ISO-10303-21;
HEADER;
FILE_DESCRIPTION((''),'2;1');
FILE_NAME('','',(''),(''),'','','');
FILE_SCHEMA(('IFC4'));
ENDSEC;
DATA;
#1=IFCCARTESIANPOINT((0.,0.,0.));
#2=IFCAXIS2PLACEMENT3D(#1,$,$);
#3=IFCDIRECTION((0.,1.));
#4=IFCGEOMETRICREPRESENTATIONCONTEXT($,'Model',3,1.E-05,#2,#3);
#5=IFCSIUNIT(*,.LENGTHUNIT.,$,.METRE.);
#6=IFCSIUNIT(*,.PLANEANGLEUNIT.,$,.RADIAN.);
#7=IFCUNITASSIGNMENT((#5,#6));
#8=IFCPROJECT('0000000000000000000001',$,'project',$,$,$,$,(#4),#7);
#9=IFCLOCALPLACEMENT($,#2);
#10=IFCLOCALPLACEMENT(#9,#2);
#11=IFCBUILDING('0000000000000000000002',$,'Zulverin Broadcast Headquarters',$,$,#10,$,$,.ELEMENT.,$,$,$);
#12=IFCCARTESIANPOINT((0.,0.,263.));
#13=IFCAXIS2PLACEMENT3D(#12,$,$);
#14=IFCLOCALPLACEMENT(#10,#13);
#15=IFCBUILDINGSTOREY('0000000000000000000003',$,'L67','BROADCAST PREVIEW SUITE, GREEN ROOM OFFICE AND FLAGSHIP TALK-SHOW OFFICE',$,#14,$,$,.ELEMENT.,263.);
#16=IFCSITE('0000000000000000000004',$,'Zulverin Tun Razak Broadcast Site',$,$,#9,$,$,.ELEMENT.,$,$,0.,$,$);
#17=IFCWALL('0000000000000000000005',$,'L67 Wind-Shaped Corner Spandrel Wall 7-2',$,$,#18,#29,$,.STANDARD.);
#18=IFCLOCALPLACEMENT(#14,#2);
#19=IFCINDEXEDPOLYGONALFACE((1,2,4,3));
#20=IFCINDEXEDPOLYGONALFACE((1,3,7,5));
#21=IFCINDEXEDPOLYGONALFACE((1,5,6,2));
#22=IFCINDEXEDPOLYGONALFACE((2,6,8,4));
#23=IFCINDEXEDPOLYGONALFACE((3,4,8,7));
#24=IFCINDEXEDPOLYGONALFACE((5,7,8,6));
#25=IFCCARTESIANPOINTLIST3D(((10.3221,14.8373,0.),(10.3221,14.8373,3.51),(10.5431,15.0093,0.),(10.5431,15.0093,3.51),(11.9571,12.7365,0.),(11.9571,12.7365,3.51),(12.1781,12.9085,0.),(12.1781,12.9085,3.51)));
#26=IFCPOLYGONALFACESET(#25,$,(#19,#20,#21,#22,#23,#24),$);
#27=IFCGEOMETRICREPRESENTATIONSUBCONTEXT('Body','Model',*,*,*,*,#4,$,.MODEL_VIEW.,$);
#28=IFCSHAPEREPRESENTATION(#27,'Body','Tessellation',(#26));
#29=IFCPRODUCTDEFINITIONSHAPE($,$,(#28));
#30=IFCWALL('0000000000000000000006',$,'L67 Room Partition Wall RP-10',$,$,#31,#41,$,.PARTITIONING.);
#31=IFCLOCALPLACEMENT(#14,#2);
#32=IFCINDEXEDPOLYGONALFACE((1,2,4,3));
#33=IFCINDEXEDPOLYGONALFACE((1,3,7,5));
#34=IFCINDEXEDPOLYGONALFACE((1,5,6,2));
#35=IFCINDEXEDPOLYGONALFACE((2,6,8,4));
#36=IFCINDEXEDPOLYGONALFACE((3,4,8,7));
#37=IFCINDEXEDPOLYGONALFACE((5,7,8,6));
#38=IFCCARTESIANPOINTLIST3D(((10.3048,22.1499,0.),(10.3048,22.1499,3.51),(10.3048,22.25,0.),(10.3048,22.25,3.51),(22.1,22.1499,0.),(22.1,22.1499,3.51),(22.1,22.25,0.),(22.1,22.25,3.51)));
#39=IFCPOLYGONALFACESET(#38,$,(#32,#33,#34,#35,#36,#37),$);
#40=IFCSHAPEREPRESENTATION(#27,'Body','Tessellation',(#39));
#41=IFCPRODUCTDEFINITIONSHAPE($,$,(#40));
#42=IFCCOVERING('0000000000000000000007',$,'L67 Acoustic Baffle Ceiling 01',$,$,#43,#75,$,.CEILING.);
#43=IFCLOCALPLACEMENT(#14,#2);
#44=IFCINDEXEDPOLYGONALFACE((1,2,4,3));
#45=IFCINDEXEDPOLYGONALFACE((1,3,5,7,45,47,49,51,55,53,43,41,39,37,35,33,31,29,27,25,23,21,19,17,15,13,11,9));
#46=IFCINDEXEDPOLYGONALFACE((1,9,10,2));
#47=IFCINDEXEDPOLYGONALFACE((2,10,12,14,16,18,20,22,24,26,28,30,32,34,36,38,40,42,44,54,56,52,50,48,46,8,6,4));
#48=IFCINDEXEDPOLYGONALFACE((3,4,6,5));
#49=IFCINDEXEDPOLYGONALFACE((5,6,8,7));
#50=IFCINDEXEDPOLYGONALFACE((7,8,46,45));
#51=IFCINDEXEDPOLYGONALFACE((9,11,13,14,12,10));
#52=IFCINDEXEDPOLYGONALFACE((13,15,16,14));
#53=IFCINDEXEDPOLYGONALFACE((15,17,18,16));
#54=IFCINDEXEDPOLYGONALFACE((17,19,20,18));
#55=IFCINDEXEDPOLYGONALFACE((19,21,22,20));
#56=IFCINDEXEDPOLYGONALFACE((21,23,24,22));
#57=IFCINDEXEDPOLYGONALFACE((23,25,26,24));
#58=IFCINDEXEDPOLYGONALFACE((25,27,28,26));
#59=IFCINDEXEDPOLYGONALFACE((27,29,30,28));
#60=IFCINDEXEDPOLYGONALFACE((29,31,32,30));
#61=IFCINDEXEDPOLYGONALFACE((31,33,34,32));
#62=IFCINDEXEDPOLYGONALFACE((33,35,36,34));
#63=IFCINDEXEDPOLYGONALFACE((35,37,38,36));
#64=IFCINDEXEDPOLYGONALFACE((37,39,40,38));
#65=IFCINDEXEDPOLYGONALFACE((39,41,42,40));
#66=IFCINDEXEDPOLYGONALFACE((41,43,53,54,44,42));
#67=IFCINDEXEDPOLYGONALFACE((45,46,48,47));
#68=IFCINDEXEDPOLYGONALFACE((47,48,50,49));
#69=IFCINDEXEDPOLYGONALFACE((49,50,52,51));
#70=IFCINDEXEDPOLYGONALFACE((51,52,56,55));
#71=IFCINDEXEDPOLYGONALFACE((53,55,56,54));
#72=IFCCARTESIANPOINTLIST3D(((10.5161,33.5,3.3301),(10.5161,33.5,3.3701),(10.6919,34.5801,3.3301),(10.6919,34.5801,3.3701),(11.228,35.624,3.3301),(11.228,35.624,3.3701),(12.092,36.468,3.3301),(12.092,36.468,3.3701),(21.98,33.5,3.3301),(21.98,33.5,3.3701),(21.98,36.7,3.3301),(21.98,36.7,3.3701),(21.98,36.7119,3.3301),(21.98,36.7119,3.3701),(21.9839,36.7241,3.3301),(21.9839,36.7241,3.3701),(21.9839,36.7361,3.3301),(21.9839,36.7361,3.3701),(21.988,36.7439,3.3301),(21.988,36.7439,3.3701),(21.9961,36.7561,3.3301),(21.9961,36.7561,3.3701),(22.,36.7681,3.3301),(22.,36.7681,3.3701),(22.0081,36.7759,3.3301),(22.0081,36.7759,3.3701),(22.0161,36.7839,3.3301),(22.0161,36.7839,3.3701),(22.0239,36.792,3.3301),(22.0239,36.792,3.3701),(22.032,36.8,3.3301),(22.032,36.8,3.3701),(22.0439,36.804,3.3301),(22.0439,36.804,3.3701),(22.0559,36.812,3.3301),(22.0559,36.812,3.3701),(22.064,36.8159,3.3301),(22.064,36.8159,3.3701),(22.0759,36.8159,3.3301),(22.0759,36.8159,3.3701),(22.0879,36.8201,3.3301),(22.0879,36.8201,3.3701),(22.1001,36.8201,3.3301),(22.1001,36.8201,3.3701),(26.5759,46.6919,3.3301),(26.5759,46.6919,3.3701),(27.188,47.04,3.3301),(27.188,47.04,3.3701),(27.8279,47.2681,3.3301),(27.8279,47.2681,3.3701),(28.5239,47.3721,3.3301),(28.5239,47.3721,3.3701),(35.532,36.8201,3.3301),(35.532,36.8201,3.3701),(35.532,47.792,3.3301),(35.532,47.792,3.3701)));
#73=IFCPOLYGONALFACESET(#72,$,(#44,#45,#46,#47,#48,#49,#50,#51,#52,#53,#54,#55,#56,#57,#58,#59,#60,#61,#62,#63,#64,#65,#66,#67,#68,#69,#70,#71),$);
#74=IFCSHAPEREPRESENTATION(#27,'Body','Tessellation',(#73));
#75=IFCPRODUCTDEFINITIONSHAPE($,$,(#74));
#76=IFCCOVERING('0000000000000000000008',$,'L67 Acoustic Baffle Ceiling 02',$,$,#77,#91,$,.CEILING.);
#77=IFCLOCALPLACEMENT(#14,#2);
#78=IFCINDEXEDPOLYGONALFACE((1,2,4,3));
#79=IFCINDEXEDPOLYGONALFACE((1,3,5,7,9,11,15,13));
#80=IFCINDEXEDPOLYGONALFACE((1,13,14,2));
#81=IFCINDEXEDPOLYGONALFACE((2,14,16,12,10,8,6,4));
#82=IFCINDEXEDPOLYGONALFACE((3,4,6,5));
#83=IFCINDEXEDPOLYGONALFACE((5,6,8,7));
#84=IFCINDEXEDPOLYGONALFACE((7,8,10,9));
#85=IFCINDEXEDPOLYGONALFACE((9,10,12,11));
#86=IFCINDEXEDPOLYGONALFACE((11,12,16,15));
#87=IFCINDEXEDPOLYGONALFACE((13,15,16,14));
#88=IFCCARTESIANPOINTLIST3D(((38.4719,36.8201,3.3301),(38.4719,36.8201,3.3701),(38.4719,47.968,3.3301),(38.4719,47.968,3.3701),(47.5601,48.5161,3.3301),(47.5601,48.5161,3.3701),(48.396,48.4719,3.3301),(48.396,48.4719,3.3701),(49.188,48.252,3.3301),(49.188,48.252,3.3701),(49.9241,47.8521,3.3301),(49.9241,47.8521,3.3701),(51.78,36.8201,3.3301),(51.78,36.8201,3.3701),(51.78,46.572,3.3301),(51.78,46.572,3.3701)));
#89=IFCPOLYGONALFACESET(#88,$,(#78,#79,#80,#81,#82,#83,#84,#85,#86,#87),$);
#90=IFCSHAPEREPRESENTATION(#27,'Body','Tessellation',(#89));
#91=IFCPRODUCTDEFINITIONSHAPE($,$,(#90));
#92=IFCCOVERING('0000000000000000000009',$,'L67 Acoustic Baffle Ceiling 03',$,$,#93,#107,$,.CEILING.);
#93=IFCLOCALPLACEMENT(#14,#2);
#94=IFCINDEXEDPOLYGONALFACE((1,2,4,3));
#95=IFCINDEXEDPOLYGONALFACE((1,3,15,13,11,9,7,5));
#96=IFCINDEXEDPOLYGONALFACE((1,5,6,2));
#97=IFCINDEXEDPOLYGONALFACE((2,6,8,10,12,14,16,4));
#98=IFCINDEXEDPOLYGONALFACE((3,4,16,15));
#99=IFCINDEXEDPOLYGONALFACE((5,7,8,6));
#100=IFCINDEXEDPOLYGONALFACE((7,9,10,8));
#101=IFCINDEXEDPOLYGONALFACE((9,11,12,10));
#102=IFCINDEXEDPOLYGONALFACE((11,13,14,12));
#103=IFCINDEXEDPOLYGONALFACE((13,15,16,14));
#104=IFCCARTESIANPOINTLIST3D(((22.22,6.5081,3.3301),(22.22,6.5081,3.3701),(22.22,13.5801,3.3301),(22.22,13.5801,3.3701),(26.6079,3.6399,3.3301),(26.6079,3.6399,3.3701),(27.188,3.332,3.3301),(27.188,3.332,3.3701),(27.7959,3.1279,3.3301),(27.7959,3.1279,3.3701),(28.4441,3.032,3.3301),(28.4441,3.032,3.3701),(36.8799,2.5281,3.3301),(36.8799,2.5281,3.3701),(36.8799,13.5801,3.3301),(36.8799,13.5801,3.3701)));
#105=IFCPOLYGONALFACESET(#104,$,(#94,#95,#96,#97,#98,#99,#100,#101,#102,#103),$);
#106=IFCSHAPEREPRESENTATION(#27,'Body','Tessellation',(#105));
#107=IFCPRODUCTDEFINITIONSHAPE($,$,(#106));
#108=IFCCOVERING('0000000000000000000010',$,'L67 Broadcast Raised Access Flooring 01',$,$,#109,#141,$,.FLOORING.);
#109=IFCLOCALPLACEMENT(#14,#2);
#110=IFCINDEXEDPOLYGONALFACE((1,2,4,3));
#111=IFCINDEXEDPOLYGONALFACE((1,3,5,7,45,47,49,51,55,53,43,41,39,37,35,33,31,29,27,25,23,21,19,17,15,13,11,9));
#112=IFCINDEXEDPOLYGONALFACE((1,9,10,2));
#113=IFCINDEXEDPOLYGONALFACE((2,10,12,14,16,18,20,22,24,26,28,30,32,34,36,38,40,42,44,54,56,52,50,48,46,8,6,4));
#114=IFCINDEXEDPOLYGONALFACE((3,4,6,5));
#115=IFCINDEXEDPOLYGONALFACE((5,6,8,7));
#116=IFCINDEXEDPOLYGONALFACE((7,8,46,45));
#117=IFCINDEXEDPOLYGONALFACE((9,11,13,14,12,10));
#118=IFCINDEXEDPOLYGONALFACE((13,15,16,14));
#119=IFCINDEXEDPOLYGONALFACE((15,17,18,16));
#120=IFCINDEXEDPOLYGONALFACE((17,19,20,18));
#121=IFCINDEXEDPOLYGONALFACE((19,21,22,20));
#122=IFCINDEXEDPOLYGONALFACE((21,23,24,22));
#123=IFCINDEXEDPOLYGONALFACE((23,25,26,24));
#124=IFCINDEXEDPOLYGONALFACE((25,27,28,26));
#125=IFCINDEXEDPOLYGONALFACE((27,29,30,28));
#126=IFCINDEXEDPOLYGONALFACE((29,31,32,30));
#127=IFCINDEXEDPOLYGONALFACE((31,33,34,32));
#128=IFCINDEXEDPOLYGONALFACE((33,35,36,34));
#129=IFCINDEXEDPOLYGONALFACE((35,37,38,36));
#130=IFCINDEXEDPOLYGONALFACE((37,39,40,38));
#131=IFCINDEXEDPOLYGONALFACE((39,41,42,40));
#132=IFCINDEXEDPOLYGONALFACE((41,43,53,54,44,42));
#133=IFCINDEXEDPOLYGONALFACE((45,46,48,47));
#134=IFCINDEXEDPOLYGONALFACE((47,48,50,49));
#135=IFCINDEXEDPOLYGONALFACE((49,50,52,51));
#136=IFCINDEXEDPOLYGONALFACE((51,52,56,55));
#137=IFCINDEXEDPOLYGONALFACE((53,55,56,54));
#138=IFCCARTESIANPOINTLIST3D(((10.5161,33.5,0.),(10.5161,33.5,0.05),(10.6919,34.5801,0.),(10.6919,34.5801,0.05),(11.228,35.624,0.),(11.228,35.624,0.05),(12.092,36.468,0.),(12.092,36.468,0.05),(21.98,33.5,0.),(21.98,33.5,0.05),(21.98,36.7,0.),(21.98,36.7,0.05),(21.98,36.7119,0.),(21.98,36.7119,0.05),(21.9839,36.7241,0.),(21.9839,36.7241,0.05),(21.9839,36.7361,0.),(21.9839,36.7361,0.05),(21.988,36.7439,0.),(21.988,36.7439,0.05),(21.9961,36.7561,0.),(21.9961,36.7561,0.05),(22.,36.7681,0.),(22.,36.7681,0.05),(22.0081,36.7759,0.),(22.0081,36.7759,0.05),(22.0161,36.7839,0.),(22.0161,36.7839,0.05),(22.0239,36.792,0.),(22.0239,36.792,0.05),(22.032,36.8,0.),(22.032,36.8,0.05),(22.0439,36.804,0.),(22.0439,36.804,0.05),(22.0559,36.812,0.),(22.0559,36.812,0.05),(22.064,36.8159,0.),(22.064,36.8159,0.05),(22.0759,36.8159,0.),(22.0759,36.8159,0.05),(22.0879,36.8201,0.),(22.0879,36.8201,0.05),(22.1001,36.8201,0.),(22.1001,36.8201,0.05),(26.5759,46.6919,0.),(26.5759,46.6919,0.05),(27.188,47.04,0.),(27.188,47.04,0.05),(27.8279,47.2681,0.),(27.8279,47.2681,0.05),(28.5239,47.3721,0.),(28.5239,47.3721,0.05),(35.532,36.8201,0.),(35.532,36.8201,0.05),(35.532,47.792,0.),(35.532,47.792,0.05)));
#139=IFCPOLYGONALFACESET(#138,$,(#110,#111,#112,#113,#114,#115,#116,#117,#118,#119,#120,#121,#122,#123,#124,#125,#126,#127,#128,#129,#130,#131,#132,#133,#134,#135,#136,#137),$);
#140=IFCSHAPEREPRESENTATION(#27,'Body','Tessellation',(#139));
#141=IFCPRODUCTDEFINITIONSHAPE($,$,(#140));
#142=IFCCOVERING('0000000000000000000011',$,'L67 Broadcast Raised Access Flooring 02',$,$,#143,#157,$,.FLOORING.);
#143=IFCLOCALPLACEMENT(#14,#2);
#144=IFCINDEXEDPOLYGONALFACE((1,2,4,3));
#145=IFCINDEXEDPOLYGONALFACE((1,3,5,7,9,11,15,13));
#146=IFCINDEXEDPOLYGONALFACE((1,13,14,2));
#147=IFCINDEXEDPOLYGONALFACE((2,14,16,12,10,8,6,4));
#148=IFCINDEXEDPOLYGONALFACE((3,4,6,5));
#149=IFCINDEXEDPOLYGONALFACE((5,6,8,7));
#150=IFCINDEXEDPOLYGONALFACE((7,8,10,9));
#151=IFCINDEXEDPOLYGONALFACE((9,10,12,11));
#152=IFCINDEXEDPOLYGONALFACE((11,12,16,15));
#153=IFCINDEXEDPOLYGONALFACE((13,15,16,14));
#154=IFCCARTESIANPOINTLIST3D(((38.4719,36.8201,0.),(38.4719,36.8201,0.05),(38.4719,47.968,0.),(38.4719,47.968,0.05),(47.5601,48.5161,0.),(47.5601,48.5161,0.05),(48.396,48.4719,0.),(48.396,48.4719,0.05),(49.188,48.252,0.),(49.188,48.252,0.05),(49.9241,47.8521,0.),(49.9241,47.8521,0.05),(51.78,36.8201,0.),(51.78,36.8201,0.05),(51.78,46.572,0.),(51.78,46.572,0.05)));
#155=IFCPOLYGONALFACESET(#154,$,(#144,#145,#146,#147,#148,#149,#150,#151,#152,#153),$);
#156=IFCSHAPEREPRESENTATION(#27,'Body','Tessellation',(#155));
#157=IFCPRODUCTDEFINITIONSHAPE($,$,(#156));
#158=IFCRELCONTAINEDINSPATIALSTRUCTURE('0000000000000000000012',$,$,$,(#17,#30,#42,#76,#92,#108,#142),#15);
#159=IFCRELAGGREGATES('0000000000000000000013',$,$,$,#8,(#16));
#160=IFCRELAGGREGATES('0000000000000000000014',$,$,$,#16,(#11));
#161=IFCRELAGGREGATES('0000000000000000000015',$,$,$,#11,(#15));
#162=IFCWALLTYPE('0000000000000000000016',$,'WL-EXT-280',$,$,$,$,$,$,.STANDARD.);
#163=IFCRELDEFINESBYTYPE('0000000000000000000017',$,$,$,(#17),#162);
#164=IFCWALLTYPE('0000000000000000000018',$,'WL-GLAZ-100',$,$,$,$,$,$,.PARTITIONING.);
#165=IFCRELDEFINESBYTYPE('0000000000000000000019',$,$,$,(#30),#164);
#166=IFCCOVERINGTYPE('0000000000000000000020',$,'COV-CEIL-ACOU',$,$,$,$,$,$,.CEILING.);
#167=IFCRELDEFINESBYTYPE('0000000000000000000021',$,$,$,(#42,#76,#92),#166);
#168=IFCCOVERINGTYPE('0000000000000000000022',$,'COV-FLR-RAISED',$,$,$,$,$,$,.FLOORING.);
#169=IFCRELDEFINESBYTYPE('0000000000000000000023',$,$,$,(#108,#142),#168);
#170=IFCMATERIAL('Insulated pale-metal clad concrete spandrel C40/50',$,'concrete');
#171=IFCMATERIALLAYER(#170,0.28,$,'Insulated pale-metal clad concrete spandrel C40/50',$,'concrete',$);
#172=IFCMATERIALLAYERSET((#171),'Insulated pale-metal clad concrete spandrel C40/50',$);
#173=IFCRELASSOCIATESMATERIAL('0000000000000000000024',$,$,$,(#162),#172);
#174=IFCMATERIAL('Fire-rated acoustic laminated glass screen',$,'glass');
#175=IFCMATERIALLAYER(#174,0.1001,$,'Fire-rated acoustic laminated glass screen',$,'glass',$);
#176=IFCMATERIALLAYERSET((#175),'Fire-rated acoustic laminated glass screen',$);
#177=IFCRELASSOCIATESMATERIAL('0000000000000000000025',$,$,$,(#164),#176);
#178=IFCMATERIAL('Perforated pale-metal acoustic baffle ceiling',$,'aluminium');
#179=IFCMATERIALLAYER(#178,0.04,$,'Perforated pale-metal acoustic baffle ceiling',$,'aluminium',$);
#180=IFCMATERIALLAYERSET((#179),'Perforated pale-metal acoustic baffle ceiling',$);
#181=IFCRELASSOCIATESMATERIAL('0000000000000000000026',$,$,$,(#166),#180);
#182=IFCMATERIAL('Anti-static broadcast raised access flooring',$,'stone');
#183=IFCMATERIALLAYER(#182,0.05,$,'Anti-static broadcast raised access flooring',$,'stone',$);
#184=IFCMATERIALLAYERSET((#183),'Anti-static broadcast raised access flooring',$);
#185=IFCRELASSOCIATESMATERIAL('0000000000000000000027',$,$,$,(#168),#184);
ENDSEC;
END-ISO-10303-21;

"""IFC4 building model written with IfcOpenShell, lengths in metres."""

from ifc_helpers import new_model, si_unit, direction, frame, frame_2d, origin, place, context, subcontext, project, spatial, polyline, rectangle, outline, extrude, material, layer, layer_set, type_object, element, save


model = new_model("IFC4")

# Units and contexts
model_context = context("Model", 3, precision=1e-05, world=origin(), true_north=direction((0.0, 1.0)))
body_context = subcontext(model_context, "Body", "Model", "MODEL_VIEW")
ifc_project = project(units=[si_unit("LENGTHUNIT", "METRE"), si_unit("PLANEANGLEUNIT", "RADIAN")], contexts=[model_context])

# Site, building, storey
site_placement = place(None, origin())
site = spatial("IfcSite", under=ifc_project, at=site_placement, Name="Zulverin Tun Razak Broadcast Site", CompositionType="ELEMENT", RefElevation=0.0)
building_placement = place(site_placement, origin())
building = spatial("IfcBuilding", under=site, at=building_placement, Name="Zulverin Broadcast Headquarters", CompositionType="ELEMENT")
storey_placement = place(building_placement, frame((0.0, 0.0, 263.0)))
storey = spatial("IfcBuildingStorey", under=building, at=storey_placement, Name="L67", Description="BROADCAST PREVIEW SUITE, GREEN ROOM OFFICE AND FLAGSHIP TALK-SHOW OFFICE", CompositionType="ELEMENT", Elevation=263.0)

# Walls
ifc_material_1 = material(Name="Insulated pale-metal clad concrete spandrel C40/50", Category="concrete")
ifc_layer_1 = layer(ifc_material_1, 0.28, Name="Insulated pale-metal clad concrete spandrel C40/50", Category="concrete")
ifc_layer_set_1 = layer_set([ifc_layer_1], Name="Insulated pale-metal clad concrete spandrel C40/50")
wall_type_1 = type_object("IfcWallType", Name="WL-EXT-280", PredefinedType="STANDARD", material=ifc_layer_set_1)
wall_1_placement = place(storey_placement, frame((10.4326, 14.9233, 0.0), z_axis=(0.0, 0.0, 1.0), x_axis=(0.614182, -0.789165, 0.0)))
element("IfcWall", 1, at=wall_1_placement, inside=storey, type_object=wall_type_1, Name="L67 Wind-Shaped Corner Spandrel Wall 7-2", PredefinedType="STANDARD", context=body_context, shape_type="SweptSolid", body=[
    extrude(rectangle(XDim=2.6621, YDim=0.28, at=frame_2d((1.3311, 0.0))), origin(), (0.0, 0.0, 1.0), 3.51),
])
ifc_material_2 = material(Name="Fire-rated acoustic laminated glass screen", Category="glass")
ifc_layer_2 = layer(ifc_material_2, 0.1001, Name="Fire-rated acoustic laminated glass screen", Category="glass")
ifc_layer_set_2 = layer_set([ifc_layer_2], Name="Fire-rated acoustic laminated glass screen")
wall_type_2 = type_object("IfcWallType", Name="WL-GLAZ-100", PredefinedType="PARTITIONING", material=ifc_layer_set_2)
wall_2_placement = place(storey_placement, frame((10.3049, 22.2, 0.0), z_axis=(0.0, 0.0, 1.0), x_axis=(1.0, 0.0, 0.0)))
element("IfcWall", 2, at=wall_2_placement, inside=storey, type_object=wall_type_2, Name="L67 Room Partition Wall RP-10", PredefinedType="PARTITIONING", context=body_context, shape_type="SweptSolid", body=[
    extrude(rectangle(XDim=11.7952, YDim=0.1001, at=frame_2d((5.8975, 0.0))), origin(), (0.0, 0.0, 1.0), 3.51),
])

# Coverings
ifc_material_3 = material(Name="Perforated pale-metal acoustic baffle ceiling", Category="aluminium")
ifc_layer_3 = layer(ifc_material_3, 0.04, Name="Perforated pale-metal acoustic baffle ceiling", Category="aluminium")
ifc_layer_set_3 = layer_set([ifc_layer_3], Name="Perforated pale-metal acoustic baffle ceiling")
covering_type_1 = type_object("IfcCoveringType", Name="COV-CEIL-ACOU", PredefinedType="CEILING", material=ifc_layer_set_3)
covering_1_placement = place(storey_placement, frame((0.0, 0.0, 3.3301)))
element("IfcCovering", 3, at=covering_1_placement, inside=storey, type_object=covering_type_1, Name="L67 Acoustic Baffle Ceiling 01", PredefinedType="CEILING", context=body_context, shape_type="SweptSolid", body=[
    extrude(outline(polyline([(12.092, 36.468), (11.228, 35.624), (10.6919, 34.5801), (10.5161, 33.5), (21.98, 33.5), (21.98, 36.7), (21.98, 36.7119), (21.9839, 36.7241), (21.9839, 36.7361), (21.988, 36.7439), (21.9961, 36.7561), (22.0, 36.7681), (22.0081, 36.7759), (22.0161, 36.7839), (22.0239, 36.792), (22.032, 36.8), (22.0439, 36.804), (22.0559, 36.812), (22.064, 36.8159), (22.0759, 36.8159), (22.0879, 36.8201), (22.1001, 36.8201), (35.532, 36.8201), (35.532, 47.792), (28.5239, 47.3721), (27.8279, 47.2681), (27.188, 47.04), (26.5759, 46.6919), (12.092, 36.468)])), origin(), (0.0, 0.0, 1.0), 0.04),
])
covering_2_placement = place(storey_placement, frame((0.0, 0.0, 3.3301)))
element("IfcCovering", 4, at=covering_2_placement, inside=storey, type_object=covering_type_1, Name="L67 Acoustic Baffle Ceiling 02", PredefinedType="CEILING", context=body_context, shape_type="SweptSolid", body=[
    extrude(outline(polyline([(49.188, 48.252), (48.396, 48.4719), (47.5601, 48.5161), (38.4719, 47.968), (38.4719, 36.8201), (51.78, 36.8201), (51.78, 46.572), (49.9241, 47.8521), (49.188, 48.252)])), origin(), (0.0, 0.0, 1.0), 0.04),
])
covering_3_placement = place(storey_placement, frame((0.0, 0.0, 3.3301)))
element("IfcCovering", 5, at=covering_3_placement, inside=storey, type_object=covering_type_1, Name="L67 Acoustic Baffle Ceiling 03", PredefinedType="CEILING", context=body_context, shape_type="SweptSolid", body=[
    extrude(outline(polyline([(27.188, 3.332), (27.7959, 3.1279), (28.4441, 3.032), (36.8799, 2.5281), (36.8799, 13.5801), (22.22, 13.5801), (22.22, 6.5081), (26.6079, 3.6399), (27.188, 3.332)])), origin(), (0.0, 0.0, 1.0), 0.04),
])
ifc_material_4 = material(Name="Anti-static broadcast raised access flooring", Category="stone")
ifc_layer_4 = layer(ifc_material_4, 0.05, Name="Anti-static broadcast raised access flooring", Category="stone")
ifc_layer_set_4 = layer_set([ifc_layer_4], Name="Anti-static broadcast raised access flooring")
covering_type_2 = type_object("IfcCoveringType", Name="COV-FLR-RAISED", PredefinedType="FLOORING", material=ifc_layer_set_4)
covering_4_placement = place(storey_placement, origin())
element("IfcCovering", 6, at=covering_4_placement, inside=storey, type_object=covering_type_2, Name="L67 Broadcast Raised Access Flooring 01", PredefinedType="FLOORING", context=body_context, shape_type="SweptSolid", body=[
    extrude(outline(polyline([(12.092, 36.468), (11.228, 35.624), (10.6919, 34.5801), (10.5161, 33.5), (21.98, 33.5), (21.98, 36.7), (21.98, 36.7119), (21.9839, 36.7241), (21.9839, 36.7361), (21.988, 36.7439), (21.9961, 36.7561), (22.0, 36.7681), (22.0081, 36.7759), (22.0161, 36.7839), (22.0239, 36.792), (22.032, 36.8), (22.0439, 36.804), (22.0559, 36.812), (22.064, 36.8159), (22.0759, 36.8159), (22.0879, 36.8201), (22.1001, 36.8201), (35.532, 36.8201), (35.532, 47.792), (28.5239, 47.3721), (27.8279, 47.2681), (27.188, 47.04), (26.5759, 46.6919), (12.092, 36.468)])), origin(), (0.0, 0.0, 1.0), 0.05),
])
covering_5_placement = place(storey_placement, origin())
element("IfcCovering", 7, at=covering_5_placement, inside=storey, type_object=covering_type_2, Name="L67 Broadcast Raised Access Flooring 02", PredefinedType="FLOORING", context=body_context, shape_type="SweptSolid", body=[
    extrude(outline(polyline([(49.188, 48.252), (48.396, 48.4719), (47.5601, 48.5161), (38.4719, 47.968), (38.4719, 36.8201), (51.78, 36.8201), (51.78, 46.572), (49.9241, 47.8521), (49.188, 48.252)])), origin(), (0.0, 0.0, 1.0), 0.05),
])

save(model, "model.ifc")
